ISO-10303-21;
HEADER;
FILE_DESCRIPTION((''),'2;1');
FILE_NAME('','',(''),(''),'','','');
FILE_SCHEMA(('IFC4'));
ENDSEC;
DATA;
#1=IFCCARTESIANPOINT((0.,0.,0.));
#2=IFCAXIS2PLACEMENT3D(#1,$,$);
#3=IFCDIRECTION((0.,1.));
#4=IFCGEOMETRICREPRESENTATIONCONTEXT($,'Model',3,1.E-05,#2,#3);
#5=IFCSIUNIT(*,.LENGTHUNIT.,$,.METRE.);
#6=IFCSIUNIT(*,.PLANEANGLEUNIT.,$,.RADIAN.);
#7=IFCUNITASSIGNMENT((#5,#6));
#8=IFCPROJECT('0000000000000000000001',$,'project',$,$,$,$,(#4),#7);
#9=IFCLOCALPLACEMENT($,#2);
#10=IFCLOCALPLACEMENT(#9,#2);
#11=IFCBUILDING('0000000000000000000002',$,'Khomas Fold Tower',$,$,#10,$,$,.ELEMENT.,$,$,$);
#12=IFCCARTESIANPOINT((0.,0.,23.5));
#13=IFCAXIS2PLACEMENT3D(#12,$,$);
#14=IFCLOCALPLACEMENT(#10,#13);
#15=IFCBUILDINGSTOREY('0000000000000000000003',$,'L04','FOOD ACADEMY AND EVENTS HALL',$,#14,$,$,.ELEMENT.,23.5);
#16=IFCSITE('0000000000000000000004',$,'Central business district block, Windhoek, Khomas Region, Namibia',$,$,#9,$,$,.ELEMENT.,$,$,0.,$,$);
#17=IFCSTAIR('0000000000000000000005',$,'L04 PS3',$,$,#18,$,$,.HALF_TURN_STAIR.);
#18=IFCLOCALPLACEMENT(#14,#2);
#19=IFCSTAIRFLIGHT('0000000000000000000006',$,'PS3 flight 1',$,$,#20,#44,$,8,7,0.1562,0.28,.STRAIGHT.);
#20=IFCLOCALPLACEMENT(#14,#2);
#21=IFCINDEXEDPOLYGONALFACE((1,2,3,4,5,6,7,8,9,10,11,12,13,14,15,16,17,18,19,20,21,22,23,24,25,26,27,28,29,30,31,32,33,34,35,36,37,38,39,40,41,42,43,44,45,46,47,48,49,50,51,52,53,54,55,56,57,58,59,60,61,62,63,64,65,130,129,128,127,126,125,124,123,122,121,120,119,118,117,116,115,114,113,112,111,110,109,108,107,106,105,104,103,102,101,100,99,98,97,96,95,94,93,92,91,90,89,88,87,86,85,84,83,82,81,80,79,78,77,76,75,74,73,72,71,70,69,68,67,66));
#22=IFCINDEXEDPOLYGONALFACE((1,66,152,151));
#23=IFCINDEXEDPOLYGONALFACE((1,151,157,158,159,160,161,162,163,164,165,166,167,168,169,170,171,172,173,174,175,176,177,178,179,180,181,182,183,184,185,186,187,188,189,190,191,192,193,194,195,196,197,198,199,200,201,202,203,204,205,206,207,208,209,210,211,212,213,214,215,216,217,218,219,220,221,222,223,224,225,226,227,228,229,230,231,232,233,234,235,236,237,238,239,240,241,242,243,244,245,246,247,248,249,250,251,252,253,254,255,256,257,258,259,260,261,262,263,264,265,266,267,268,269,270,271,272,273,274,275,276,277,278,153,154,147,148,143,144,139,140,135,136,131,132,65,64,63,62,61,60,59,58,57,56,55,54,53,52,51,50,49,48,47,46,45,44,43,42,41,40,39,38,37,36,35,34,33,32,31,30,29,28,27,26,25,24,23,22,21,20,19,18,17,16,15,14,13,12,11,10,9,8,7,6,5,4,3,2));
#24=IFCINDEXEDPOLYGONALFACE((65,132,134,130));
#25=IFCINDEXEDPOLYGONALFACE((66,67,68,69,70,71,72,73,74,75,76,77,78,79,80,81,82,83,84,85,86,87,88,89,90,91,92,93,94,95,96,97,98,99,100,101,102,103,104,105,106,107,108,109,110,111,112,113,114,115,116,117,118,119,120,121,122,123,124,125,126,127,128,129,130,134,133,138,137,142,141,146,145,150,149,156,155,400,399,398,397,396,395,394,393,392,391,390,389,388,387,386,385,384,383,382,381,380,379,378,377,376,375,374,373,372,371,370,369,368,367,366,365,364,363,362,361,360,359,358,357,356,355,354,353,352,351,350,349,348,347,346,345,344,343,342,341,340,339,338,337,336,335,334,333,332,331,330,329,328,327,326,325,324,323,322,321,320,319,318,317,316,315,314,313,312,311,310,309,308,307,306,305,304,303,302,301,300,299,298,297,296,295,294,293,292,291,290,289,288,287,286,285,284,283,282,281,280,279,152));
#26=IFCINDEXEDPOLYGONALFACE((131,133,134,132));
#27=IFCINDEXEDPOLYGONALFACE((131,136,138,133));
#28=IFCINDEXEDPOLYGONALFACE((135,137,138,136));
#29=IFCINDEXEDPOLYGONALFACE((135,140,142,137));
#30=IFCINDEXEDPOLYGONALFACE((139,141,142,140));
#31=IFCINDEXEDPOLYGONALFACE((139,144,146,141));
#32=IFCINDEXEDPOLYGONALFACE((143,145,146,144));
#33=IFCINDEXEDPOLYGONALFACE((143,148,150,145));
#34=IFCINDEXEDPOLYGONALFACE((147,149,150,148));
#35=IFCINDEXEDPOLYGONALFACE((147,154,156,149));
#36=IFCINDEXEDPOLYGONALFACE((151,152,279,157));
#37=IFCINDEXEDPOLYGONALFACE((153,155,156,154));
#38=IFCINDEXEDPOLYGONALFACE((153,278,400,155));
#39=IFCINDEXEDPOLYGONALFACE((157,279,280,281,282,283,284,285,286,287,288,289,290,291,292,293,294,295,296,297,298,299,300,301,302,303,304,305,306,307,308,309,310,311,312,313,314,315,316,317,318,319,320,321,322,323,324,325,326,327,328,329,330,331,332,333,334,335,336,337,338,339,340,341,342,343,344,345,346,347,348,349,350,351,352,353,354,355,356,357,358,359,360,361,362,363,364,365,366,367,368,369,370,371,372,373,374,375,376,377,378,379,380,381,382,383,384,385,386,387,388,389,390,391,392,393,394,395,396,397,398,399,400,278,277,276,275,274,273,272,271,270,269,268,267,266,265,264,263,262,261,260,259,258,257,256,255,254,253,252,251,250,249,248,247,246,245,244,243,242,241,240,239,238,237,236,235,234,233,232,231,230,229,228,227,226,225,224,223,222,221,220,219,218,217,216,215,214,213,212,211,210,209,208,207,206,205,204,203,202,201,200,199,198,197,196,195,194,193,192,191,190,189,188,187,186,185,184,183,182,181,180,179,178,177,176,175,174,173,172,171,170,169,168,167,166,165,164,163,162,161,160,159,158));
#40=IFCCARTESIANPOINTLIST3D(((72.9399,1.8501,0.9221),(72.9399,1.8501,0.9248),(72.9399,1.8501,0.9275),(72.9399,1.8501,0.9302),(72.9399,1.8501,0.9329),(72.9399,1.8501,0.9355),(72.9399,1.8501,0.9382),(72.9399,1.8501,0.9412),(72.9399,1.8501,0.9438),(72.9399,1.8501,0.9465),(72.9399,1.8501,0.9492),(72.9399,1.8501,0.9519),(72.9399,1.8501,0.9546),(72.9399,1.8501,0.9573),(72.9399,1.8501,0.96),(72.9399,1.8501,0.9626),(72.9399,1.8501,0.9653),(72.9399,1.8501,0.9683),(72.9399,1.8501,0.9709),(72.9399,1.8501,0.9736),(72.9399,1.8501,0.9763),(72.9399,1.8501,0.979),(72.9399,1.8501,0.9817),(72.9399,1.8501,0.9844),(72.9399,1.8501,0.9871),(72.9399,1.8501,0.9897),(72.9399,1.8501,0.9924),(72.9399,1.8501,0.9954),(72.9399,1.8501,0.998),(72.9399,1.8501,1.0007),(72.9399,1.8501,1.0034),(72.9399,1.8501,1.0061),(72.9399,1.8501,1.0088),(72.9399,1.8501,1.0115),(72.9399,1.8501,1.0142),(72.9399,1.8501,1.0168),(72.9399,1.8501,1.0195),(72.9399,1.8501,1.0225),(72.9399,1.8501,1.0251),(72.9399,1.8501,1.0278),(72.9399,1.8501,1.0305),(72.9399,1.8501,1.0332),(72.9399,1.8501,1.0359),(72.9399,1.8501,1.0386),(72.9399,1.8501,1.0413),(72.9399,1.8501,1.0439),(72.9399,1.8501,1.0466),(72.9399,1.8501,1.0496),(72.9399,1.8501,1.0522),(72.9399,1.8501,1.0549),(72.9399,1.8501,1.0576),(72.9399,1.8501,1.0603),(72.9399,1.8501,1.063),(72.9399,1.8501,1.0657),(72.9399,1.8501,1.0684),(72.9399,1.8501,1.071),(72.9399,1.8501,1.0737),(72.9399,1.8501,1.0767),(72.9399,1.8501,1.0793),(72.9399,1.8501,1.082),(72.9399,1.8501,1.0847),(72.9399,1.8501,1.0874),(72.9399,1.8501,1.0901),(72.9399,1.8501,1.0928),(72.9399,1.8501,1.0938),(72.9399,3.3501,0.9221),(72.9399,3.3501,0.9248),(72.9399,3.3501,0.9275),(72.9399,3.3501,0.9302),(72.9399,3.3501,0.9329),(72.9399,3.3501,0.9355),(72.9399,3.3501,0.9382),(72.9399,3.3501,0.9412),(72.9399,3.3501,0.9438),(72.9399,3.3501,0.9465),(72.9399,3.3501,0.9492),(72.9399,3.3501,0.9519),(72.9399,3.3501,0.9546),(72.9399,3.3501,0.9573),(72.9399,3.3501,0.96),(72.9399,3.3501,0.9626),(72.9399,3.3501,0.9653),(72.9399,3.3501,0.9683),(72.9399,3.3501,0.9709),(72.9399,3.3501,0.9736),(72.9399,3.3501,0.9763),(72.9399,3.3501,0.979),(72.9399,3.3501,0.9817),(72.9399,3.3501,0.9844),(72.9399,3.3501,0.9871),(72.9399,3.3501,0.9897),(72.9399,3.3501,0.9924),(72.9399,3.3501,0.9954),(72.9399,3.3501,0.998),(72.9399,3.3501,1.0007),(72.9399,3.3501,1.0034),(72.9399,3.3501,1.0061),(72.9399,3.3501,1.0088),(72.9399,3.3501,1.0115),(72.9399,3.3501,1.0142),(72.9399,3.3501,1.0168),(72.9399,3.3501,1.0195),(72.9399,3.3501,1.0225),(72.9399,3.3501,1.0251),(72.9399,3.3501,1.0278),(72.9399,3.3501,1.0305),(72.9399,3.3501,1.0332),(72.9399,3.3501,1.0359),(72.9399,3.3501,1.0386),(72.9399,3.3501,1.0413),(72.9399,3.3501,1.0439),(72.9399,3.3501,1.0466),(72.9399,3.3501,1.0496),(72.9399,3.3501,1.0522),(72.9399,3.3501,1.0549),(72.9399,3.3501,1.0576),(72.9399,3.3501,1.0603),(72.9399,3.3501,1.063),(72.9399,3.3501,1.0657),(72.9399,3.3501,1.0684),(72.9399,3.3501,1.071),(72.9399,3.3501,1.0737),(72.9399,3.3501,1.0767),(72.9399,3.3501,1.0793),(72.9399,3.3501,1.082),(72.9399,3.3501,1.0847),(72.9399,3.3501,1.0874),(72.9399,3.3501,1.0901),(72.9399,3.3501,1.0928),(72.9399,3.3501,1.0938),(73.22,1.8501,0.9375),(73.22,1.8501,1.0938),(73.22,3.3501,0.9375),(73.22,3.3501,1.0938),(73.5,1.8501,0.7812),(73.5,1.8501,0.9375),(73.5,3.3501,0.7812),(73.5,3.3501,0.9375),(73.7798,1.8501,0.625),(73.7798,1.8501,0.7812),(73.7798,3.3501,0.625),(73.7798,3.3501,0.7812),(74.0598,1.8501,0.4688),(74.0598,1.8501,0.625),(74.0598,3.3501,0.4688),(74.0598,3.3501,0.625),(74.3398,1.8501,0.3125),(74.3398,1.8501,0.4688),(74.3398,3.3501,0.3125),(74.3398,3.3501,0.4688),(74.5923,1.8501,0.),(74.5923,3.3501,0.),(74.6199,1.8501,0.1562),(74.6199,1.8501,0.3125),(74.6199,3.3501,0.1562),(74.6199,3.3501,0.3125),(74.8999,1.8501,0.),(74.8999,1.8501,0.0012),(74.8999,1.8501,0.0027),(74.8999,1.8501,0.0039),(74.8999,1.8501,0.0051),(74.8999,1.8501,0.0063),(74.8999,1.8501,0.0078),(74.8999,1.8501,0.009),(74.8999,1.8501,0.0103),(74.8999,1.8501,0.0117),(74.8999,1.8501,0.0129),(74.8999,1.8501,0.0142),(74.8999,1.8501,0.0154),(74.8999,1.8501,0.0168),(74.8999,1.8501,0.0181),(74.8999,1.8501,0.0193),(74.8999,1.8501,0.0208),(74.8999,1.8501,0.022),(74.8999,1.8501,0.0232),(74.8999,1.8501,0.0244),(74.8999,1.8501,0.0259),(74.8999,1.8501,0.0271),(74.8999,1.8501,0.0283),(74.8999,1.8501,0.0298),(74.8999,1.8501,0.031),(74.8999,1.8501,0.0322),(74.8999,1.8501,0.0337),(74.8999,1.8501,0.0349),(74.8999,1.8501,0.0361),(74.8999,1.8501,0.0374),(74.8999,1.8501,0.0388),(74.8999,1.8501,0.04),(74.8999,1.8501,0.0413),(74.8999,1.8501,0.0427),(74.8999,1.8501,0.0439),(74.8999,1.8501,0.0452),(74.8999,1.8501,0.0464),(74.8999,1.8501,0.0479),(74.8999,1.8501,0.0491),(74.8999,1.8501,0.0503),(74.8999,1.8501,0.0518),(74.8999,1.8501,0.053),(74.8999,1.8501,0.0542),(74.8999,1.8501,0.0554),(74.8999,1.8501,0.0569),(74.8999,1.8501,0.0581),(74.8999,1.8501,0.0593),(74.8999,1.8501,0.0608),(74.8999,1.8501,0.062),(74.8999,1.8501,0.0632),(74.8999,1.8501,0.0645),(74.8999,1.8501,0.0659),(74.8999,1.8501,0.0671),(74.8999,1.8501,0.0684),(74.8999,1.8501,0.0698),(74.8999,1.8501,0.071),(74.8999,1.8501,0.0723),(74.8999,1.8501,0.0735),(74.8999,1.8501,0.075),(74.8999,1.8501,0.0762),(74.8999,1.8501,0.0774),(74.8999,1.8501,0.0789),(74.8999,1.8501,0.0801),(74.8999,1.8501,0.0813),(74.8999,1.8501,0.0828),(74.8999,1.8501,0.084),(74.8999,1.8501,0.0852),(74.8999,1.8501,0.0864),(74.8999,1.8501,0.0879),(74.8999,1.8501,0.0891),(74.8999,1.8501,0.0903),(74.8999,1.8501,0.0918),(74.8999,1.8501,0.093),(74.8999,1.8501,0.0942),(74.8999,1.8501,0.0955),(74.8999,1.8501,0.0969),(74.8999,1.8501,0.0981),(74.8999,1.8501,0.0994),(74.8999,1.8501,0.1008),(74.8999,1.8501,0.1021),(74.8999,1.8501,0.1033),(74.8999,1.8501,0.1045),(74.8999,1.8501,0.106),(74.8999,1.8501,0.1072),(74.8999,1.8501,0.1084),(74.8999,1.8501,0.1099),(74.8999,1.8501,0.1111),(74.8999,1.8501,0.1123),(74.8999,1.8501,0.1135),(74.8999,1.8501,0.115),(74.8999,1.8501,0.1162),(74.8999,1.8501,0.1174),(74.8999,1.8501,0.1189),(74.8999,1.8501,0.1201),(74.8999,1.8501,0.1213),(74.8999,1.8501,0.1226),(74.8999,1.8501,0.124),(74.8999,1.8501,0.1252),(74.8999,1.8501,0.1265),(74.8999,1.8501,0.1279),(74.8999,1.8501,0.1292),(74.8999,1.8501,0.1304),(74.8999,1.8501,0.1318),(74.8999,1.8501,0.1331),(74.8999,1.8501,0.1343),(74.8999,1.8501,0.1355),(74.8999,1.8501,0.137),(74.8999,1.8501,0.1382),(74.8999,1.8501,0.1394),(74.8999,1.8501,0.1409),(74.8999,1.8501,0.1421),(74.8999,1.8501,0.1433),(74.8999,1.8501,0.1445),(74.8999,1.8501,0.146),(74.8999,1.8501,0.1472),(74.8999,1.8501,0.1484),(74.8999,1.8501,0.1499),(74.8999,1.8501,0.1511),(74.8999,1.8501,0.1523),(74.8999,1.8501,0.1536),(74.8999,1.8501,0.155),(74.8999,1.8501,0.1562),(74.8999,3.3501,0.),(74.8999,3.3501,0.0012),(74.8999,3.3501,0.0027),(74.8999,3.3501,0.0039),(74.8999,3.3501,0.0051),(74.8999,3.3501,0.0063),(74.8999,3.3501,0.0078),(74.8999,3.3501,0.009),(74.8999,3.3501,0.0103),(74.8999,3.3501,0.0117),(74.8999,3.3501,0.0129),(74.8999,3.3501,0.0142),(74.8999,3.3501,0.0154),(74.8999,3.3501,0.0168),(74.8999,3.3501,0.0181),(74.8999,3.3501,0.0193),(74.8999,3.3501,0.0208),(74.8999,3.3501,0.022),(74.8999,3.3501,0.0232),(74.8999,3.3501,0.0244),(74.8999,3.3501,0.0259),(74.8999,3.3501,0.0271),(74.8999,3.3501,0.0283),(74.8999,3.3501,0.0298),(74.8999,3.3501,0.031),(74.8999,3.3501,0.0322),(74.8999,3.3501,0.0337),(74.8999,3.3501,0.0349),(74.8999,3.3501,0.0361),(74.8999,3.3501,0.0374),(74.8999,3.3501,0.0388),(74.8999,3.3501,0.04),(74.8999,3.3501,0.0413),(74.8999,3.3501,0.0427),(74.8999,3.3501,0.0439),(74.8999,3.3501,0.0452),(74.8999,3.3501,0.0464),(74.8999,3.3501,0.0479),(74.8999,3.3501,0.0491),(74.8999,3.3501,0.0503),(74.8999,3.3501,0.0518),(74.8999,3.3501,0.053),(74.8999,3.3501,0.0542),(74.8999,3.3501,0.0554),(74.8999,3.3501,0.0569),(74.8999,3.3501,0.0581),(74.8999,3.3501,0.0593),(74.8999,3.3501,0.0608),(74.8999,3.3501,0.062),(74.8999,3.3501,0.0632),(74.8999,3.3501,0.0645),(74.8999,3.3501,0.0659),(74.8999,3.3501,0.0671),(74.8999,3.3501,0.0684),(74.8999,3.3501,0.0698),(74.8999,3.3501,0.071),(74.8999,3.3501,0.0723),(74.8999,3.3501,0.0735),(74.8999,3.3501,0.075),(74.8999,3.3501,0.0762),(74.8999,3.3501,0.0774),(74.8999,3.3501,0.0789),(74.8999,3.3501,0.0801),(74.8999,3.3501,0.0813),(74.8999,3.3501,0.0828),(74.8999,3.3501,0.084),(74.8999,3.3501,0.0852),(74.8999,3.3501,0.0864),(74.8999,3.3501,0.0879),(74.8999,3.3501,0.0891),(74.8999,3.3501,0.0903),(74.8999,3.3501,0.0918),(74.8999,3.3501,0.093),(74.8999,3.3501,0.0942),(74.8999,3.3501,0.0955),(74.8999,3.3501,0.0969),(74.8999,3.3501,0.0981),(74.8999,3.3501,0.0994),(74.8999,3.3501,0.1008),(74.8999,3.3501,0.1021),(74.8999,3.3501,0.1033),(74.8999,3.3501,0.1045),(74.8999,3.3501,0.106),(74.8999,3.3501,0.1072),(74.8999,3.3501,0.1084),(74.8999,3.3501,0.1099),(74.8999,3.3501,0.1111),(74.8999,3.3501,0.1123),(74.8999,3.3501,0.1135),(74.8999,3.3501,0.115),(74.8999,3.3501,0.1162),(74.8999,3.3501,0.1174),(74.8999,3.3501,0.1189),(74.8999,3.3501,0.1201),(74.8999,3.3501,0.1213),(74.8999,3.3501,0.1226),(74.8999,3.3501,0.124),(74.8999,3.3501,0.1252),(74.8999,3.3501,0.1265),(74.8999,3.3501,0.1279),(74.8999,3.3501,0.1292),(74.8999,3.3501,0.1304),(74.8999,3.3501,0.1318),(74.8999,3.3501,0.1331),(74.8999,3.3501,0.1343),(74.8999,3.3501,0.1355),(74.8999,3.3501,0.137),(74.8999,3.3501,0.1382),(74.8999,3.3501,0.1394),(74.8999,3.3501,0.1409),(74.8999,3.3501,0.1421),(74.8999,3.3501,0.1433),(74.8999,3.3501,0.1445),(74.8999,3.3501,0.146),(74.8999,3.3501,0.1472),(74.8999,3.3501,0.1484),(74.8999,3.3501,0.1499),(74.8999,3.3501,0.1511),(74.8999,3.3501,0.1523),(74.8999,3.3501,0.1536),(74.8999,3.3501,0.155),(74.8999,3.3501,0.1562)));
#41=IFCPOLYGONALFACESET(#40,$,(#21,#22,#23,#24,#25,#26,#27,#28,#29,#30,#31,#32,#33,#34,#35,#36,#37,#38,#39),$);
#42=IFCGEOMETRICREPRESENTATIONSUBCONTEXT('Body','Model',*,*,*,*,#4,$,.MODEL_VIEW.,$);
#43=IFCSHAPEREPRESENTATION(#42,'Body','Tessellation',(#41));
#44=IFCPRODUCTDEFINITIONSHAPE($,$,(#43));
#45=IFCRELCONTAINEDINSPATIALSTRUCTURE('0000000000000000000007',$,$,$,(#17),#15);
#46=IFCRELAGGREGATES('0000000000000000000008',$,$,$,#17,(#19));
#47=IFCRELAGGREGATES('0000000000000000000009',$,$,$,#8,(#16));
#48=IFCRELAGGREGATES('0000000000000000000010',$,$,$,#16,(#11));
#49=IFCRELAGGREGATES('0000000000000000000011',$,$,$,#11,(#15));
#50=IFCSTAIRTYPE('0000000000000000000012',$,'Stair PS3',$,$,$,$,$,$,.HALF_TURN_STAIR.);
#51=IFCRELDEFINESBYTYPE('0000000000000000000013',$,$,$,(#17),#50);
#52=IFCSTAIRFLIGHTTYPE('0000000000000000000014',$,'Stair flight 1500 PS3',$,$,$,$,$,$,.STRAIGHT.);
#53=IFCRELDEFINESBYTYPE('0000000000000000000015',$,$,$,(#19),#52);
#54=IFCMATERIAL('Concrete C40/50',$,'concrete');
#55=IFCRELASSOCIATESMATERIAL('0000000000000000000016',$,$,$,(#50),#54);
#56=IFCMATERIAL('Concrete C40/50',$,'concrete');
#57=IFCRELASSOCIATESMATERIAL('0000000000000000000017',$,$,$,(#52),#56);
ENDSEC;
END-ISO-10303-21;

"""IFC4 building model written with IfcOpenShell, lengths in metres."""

from ifc_helpers import new_model, si_unit, direction, frame, origin, place, context, subcontext, project, spatial, polyline, outline, extrude, source, transform, mapped, material, type_object, element, aggregate, save


model = new_model("IFC4")

# Units and contexts
model_context = context("Model", 3, precision=1e-05, world=origin(), true_north=direction((0.0, 1.0)))
body_context = subcontext(model_context, "Body", "Model", "MODEL_VIEW")
ifc_project = project(units=[si_unit("LENGTHUNIT", "METRE"), si_unit("PLANEANGLEUNIT", "RADIAN")], contexts=[model_context])

# Site, building, storey
site_placement = place(None, origin())
site = spatial("IfcSite", under=ifc_project, at=site_placement, Name="Central business district block, Windhoek, Khomas Region, Namibia", CompositionType="ELEMENT", RefElevation=0.0)
building_placement = place(site_placement, origin())
building = spatial("IfcBuilding", under=site, at=building_placement, Name="Khomas Fold Tower", CompositionType="ELEMENT")
storey_placement = place(building_placement, frame((0.0, 0.0, 23.5)))
storey = spatial("IfcBuildingStorey", under=building, at=storey_placement, Name="L04", Description="FOOD ACADEMY AND EVENTS HALL", CompositionType="ELEMENT", Elevation=23.5)

# Stair, stair flight
ifc_material_1 = material(Name="Concrete C40/50", Category="concrete")
stair_type_1 = type_object("IfcStairType", Name="Stair PS3", PredefinedType="HALF_TURN_STAIR", material=ifc_material_1)
stair_1_placement = place(storey_placement, origin())
stair_1 = element("IfcStair", 1, at=stair_1_placement, inside=storey, type_object=stair_type_1, Name="L04 PS3", PredefinedType="HALF_TURN_STAIR")
ifc_material_2 = material(Name="Concrete C40/50", Category="concrete")
stair_flight_type_1 = type_object("IfcStairFlightType", Name="Stair flight 1500 PS3", PredefinedType="STRAIGHT", material=ifc_material_2)
shared_shape_1 = source(origin(), body_context, "Body", "SweptSolid", [
    extrude(outline(polyline([(0.0, 0.0), (0.0, 0.0012), (0.0, 0.0027), (0.0, 0.0039), (0.0, 0.0051), (0.0, 0.0063), (0.0, 0.0078), (0.0, 0.009), (0.0, 0.0103), (0.0, 0.0117), (0.0, 0.0129), (0.0, 0.0142), (0.0, 0.0154), (0.0, 0.0168), (0.0, 0.0181), (0.0, 0.0193), (0.0, 0.0208), (0.0, 0.022), (0.0, 0.0232), (0.0, 0.0244), (0.0, 0.0259), (0.0, 0.0271), (0.0, 0.0283), (0.0, 0.0298), (0.0, 0.031), (0.0, 0.0322), (0.0, 0.0337), (0.0, 0.0349), (0.0, 0.0361), (0.0, 0.0374), (0.0, 0.0388), (0.0, 0.04), (0.0, 0.0413), (0.0, 0.0427), (0.0, 0.0439), (0.0, 0.0452), (0.0, 0.0464), (0.0, 0.0479), (0.0, 0.0491), (0.0, 0.0503), (0.0, 0.0518), (0.0, 0.053), (0.0, 0.0542), (0.0, 0.0554), (0.0, 0.0569), (0.0, 0.0581), (0.0, 0.0593), (0.0, 0.0608), (0.0, 0.062), (0.0, 0.0632), (0.0, 0.0645), (0.0, 0.0659), (0.0, 0.0671), (0.0, 0.0684), (0.0, 0.0698), (0.0, 0.071), (0.0, 0.0723), (0.0, 0.0735), (0.0, 0.075), (0.0, 0.0762), (0.0, 0.0774), (0.0, 0.0789), (0.0, 0.0801), (0.0, 0.0813), (0.0, 0.0828), (0.0, 0.084), (0.0, 0.0852), (0.0, 0.0864), (0.0, 0.0879), (0.0, 0.0891), (0.0, 0.0903), (0.0, 0.0918), (0.0, 0.093), (0.0, 0.0942), (0.0, 0.0955), (0.0, 0.0969), (0.0, 0.0981), (0.0, 0.0994), (0.0, 0.1008), (0.0, 0.1021), (0.0, 0.1033), (0.0, 0.1045), (0.0, 0.106), (0.0, 0.1072), (0.0, 0.1084), (0.0, 0.1099), (0.0, 0.1111), (0.0, 0.1123), (0.0, 0.1135), (0.0, 0.115), (0.0, 0.1162), (0.0, 0.1174), (0.0, 0.1189), (0.0, 0.1201), (0.0, 0.1213), (0.0, 0.1226), (0.0, 0.124), (0.0, 0.1252), (0.0, 0.1265), (0.0, 0.1279), (0.0, 0.1292), (0.0, 0.1304), (0.0, 0.1318), (0.0, 0.1331), (0.0, 0.1343), (0.0, 0.1355), (0.0, 0.137), (0.0, 0.1382), (0.0, 0.1394), (0.0, 0.1409), (0.0, 0.1421), (0.0, 0.1433), (0.0, 0.1445), (0.0, 0.146), (0.0, 0.1472), (0.0, 0.1484), (0.0, 0.1499), (0.0, 0.1511), (0.0, 0.1523), (0.0, 0.1536), (0.0, 0.155), (0.0, 0.1562), (0.28, 0.1562), (0.28, 0.3125), (0.5601, 0.3125), (0.5601, 0.4688), (0.8401, 0.4688), (0.8401, 0.625), (1.1201, 0.625), (1.1201, 0.7812), (1.3999, 0.7812), (1.3999, 0.9375), (1.6799, 0.9375), (1.6799, 1.0938), (1.96, 1.0938), (1.96, 1.25), (1.96, 1.2473), (1.96, 1.2446), (1.96, 1.2419), (1.96, 1.2393), (1.96, 1.2363), (1.96, 1.2336), (1.96, 1.231), (1.96, 1.2283), (1.96, 1.2256), (1.96, 1.2229), (1.96, 1.2202), (1.96, 1.2175), (1.96, 1.2148), (1.96, 1.2122), (1.96, 1.2092), (1.96, 1.2065), (1.96, 1.2039), (1.96, 1.2012), (1.96, 1.1985), (1.96, 1.1958), (1.96, 1.1931), (1.96, 1.1904), (1.96, 1.1877), (1.96, 1.1851), (1.96, 1.1821), (1.96, 1.1794), (1.96, 1.1768), (1.96, 1.1741), (1.96, 1.1714), (1.96, 1.1687), (1.96, 1.166), (1.96, 1.1633), (1.96, 1.1606), (1.96, 1.158), (1.96, 1.155), (1.96, 1.1523), (1.96, 1.1497), (1.96, 1.147), (1.96, 1.1443), (1.96, 1.1416), (1.96, 1.1389), (1.96, 1.1362), (1.96, 1.1335), (1.96, 1.1309), (1.96, 1.1279), (1.96, 1.1252), (1.96, 1.1226), (1.96, 1.1199), (1.96, 1.1172), (1.96, 1.1145), (1.96, 1.1118), (1.96, 1.1091), (1.96, 1.1064), (1.96, 1.1038), (1.96, 1.1008), (1.96, 1.0981), (1.96, 1.0955), (1.96, 1.0928), (1.96, 1.0901), (1.96, 1.0874), (1.96, 1.0847), (1.96, 1.082), (1.96, 1.0793), (1.96, 1.0767), (1.96, 1.0737), (1.96, 1.071), (1.96, 1.0684), (1.96, 1.0657), (1.96, 1.063), (1.96, 1.0603), (1.96, 1.0576), (1.96, 1.0549), (1.96, 1.0522), (1.96, 1.0496), (1.96, 1.0466), (1.96, 1.0439), (1.96, 1.0413), (1.96, 1.0386), (1.96, 1.0359), (1.96, 1.0332), (1.96, 1.0305), (1.96, 1.0278), (1.96, 1.0251), (1.96, 1.0225), (1.96, 1.0195), (1.96, 1.0168), (1.96, 1.0142), (1.96, 1.0115), (1.96, 1.0088), (1.96, 1.0061), (1.96, 1.0034), (1.96, 1.0007), (1.96, 0.998), (1.96, 0.9954), (1.96, 0.9924), (1.96, 0.9897), (1.96, 0.9871), (1.96, 0.9844), (1.96, 0.9817), (1.96, 0.979), (1.96, 0.9763), (1.96, 0.9736), (1.96, 0.9709), (1.96, 0.9683), (1.96, 0.9653), (1.96, 0.9626), (1.96, 0.96), (1.96, 0.9573), (1.96, 0.9546), (1.96, 0.9519), (1.96, 0.9492), (1.96, 0.9465), (1.96, 0.9438), (1.96, 0.9412), (1.96, 0.9382), (1.96, 0.9355), (1.96, 0.9329), (1.96, 0.9302), (1.96, 0.9275), (1.96, 0.9248), (1.96, 0.9221), (0.3076, 0.0), (0.0, 0.0)])), frame((0.0, 0.75, 0.0), z_axis=(0.0, -1.0, 0.0), x_axis=(1.0, 0.0, 0.0)), (0.0, 0.0, 1.0), 1.5),
])
stair_flight_1_placement = place(storey_placement, frame((74.8999, 2.6001, 0.0), z_axis=(0.0, 0.0, 1.0), x_axis=(-1.0, 0.0, 0.0)))
stair_flight_1 = element("IfcStairFlight", 2, at=stair_flight_1_placement, type_object=stair_flight_type_1, Name="PS3 flight 1", NumberOfRisers=8, NumberOfTreads=7, PredefinedType="STRAIGHT", RiserHeight=0.1562, TreadLength=0.28, context=body_context, shape_type="MappedRepresentation", body=[
    mapped(shared_shape_1, transform((0.0, 0.0, 0.0))),
])
aggregate(stair_1, [stair_flight_1])

save(model, "model.ifc")
